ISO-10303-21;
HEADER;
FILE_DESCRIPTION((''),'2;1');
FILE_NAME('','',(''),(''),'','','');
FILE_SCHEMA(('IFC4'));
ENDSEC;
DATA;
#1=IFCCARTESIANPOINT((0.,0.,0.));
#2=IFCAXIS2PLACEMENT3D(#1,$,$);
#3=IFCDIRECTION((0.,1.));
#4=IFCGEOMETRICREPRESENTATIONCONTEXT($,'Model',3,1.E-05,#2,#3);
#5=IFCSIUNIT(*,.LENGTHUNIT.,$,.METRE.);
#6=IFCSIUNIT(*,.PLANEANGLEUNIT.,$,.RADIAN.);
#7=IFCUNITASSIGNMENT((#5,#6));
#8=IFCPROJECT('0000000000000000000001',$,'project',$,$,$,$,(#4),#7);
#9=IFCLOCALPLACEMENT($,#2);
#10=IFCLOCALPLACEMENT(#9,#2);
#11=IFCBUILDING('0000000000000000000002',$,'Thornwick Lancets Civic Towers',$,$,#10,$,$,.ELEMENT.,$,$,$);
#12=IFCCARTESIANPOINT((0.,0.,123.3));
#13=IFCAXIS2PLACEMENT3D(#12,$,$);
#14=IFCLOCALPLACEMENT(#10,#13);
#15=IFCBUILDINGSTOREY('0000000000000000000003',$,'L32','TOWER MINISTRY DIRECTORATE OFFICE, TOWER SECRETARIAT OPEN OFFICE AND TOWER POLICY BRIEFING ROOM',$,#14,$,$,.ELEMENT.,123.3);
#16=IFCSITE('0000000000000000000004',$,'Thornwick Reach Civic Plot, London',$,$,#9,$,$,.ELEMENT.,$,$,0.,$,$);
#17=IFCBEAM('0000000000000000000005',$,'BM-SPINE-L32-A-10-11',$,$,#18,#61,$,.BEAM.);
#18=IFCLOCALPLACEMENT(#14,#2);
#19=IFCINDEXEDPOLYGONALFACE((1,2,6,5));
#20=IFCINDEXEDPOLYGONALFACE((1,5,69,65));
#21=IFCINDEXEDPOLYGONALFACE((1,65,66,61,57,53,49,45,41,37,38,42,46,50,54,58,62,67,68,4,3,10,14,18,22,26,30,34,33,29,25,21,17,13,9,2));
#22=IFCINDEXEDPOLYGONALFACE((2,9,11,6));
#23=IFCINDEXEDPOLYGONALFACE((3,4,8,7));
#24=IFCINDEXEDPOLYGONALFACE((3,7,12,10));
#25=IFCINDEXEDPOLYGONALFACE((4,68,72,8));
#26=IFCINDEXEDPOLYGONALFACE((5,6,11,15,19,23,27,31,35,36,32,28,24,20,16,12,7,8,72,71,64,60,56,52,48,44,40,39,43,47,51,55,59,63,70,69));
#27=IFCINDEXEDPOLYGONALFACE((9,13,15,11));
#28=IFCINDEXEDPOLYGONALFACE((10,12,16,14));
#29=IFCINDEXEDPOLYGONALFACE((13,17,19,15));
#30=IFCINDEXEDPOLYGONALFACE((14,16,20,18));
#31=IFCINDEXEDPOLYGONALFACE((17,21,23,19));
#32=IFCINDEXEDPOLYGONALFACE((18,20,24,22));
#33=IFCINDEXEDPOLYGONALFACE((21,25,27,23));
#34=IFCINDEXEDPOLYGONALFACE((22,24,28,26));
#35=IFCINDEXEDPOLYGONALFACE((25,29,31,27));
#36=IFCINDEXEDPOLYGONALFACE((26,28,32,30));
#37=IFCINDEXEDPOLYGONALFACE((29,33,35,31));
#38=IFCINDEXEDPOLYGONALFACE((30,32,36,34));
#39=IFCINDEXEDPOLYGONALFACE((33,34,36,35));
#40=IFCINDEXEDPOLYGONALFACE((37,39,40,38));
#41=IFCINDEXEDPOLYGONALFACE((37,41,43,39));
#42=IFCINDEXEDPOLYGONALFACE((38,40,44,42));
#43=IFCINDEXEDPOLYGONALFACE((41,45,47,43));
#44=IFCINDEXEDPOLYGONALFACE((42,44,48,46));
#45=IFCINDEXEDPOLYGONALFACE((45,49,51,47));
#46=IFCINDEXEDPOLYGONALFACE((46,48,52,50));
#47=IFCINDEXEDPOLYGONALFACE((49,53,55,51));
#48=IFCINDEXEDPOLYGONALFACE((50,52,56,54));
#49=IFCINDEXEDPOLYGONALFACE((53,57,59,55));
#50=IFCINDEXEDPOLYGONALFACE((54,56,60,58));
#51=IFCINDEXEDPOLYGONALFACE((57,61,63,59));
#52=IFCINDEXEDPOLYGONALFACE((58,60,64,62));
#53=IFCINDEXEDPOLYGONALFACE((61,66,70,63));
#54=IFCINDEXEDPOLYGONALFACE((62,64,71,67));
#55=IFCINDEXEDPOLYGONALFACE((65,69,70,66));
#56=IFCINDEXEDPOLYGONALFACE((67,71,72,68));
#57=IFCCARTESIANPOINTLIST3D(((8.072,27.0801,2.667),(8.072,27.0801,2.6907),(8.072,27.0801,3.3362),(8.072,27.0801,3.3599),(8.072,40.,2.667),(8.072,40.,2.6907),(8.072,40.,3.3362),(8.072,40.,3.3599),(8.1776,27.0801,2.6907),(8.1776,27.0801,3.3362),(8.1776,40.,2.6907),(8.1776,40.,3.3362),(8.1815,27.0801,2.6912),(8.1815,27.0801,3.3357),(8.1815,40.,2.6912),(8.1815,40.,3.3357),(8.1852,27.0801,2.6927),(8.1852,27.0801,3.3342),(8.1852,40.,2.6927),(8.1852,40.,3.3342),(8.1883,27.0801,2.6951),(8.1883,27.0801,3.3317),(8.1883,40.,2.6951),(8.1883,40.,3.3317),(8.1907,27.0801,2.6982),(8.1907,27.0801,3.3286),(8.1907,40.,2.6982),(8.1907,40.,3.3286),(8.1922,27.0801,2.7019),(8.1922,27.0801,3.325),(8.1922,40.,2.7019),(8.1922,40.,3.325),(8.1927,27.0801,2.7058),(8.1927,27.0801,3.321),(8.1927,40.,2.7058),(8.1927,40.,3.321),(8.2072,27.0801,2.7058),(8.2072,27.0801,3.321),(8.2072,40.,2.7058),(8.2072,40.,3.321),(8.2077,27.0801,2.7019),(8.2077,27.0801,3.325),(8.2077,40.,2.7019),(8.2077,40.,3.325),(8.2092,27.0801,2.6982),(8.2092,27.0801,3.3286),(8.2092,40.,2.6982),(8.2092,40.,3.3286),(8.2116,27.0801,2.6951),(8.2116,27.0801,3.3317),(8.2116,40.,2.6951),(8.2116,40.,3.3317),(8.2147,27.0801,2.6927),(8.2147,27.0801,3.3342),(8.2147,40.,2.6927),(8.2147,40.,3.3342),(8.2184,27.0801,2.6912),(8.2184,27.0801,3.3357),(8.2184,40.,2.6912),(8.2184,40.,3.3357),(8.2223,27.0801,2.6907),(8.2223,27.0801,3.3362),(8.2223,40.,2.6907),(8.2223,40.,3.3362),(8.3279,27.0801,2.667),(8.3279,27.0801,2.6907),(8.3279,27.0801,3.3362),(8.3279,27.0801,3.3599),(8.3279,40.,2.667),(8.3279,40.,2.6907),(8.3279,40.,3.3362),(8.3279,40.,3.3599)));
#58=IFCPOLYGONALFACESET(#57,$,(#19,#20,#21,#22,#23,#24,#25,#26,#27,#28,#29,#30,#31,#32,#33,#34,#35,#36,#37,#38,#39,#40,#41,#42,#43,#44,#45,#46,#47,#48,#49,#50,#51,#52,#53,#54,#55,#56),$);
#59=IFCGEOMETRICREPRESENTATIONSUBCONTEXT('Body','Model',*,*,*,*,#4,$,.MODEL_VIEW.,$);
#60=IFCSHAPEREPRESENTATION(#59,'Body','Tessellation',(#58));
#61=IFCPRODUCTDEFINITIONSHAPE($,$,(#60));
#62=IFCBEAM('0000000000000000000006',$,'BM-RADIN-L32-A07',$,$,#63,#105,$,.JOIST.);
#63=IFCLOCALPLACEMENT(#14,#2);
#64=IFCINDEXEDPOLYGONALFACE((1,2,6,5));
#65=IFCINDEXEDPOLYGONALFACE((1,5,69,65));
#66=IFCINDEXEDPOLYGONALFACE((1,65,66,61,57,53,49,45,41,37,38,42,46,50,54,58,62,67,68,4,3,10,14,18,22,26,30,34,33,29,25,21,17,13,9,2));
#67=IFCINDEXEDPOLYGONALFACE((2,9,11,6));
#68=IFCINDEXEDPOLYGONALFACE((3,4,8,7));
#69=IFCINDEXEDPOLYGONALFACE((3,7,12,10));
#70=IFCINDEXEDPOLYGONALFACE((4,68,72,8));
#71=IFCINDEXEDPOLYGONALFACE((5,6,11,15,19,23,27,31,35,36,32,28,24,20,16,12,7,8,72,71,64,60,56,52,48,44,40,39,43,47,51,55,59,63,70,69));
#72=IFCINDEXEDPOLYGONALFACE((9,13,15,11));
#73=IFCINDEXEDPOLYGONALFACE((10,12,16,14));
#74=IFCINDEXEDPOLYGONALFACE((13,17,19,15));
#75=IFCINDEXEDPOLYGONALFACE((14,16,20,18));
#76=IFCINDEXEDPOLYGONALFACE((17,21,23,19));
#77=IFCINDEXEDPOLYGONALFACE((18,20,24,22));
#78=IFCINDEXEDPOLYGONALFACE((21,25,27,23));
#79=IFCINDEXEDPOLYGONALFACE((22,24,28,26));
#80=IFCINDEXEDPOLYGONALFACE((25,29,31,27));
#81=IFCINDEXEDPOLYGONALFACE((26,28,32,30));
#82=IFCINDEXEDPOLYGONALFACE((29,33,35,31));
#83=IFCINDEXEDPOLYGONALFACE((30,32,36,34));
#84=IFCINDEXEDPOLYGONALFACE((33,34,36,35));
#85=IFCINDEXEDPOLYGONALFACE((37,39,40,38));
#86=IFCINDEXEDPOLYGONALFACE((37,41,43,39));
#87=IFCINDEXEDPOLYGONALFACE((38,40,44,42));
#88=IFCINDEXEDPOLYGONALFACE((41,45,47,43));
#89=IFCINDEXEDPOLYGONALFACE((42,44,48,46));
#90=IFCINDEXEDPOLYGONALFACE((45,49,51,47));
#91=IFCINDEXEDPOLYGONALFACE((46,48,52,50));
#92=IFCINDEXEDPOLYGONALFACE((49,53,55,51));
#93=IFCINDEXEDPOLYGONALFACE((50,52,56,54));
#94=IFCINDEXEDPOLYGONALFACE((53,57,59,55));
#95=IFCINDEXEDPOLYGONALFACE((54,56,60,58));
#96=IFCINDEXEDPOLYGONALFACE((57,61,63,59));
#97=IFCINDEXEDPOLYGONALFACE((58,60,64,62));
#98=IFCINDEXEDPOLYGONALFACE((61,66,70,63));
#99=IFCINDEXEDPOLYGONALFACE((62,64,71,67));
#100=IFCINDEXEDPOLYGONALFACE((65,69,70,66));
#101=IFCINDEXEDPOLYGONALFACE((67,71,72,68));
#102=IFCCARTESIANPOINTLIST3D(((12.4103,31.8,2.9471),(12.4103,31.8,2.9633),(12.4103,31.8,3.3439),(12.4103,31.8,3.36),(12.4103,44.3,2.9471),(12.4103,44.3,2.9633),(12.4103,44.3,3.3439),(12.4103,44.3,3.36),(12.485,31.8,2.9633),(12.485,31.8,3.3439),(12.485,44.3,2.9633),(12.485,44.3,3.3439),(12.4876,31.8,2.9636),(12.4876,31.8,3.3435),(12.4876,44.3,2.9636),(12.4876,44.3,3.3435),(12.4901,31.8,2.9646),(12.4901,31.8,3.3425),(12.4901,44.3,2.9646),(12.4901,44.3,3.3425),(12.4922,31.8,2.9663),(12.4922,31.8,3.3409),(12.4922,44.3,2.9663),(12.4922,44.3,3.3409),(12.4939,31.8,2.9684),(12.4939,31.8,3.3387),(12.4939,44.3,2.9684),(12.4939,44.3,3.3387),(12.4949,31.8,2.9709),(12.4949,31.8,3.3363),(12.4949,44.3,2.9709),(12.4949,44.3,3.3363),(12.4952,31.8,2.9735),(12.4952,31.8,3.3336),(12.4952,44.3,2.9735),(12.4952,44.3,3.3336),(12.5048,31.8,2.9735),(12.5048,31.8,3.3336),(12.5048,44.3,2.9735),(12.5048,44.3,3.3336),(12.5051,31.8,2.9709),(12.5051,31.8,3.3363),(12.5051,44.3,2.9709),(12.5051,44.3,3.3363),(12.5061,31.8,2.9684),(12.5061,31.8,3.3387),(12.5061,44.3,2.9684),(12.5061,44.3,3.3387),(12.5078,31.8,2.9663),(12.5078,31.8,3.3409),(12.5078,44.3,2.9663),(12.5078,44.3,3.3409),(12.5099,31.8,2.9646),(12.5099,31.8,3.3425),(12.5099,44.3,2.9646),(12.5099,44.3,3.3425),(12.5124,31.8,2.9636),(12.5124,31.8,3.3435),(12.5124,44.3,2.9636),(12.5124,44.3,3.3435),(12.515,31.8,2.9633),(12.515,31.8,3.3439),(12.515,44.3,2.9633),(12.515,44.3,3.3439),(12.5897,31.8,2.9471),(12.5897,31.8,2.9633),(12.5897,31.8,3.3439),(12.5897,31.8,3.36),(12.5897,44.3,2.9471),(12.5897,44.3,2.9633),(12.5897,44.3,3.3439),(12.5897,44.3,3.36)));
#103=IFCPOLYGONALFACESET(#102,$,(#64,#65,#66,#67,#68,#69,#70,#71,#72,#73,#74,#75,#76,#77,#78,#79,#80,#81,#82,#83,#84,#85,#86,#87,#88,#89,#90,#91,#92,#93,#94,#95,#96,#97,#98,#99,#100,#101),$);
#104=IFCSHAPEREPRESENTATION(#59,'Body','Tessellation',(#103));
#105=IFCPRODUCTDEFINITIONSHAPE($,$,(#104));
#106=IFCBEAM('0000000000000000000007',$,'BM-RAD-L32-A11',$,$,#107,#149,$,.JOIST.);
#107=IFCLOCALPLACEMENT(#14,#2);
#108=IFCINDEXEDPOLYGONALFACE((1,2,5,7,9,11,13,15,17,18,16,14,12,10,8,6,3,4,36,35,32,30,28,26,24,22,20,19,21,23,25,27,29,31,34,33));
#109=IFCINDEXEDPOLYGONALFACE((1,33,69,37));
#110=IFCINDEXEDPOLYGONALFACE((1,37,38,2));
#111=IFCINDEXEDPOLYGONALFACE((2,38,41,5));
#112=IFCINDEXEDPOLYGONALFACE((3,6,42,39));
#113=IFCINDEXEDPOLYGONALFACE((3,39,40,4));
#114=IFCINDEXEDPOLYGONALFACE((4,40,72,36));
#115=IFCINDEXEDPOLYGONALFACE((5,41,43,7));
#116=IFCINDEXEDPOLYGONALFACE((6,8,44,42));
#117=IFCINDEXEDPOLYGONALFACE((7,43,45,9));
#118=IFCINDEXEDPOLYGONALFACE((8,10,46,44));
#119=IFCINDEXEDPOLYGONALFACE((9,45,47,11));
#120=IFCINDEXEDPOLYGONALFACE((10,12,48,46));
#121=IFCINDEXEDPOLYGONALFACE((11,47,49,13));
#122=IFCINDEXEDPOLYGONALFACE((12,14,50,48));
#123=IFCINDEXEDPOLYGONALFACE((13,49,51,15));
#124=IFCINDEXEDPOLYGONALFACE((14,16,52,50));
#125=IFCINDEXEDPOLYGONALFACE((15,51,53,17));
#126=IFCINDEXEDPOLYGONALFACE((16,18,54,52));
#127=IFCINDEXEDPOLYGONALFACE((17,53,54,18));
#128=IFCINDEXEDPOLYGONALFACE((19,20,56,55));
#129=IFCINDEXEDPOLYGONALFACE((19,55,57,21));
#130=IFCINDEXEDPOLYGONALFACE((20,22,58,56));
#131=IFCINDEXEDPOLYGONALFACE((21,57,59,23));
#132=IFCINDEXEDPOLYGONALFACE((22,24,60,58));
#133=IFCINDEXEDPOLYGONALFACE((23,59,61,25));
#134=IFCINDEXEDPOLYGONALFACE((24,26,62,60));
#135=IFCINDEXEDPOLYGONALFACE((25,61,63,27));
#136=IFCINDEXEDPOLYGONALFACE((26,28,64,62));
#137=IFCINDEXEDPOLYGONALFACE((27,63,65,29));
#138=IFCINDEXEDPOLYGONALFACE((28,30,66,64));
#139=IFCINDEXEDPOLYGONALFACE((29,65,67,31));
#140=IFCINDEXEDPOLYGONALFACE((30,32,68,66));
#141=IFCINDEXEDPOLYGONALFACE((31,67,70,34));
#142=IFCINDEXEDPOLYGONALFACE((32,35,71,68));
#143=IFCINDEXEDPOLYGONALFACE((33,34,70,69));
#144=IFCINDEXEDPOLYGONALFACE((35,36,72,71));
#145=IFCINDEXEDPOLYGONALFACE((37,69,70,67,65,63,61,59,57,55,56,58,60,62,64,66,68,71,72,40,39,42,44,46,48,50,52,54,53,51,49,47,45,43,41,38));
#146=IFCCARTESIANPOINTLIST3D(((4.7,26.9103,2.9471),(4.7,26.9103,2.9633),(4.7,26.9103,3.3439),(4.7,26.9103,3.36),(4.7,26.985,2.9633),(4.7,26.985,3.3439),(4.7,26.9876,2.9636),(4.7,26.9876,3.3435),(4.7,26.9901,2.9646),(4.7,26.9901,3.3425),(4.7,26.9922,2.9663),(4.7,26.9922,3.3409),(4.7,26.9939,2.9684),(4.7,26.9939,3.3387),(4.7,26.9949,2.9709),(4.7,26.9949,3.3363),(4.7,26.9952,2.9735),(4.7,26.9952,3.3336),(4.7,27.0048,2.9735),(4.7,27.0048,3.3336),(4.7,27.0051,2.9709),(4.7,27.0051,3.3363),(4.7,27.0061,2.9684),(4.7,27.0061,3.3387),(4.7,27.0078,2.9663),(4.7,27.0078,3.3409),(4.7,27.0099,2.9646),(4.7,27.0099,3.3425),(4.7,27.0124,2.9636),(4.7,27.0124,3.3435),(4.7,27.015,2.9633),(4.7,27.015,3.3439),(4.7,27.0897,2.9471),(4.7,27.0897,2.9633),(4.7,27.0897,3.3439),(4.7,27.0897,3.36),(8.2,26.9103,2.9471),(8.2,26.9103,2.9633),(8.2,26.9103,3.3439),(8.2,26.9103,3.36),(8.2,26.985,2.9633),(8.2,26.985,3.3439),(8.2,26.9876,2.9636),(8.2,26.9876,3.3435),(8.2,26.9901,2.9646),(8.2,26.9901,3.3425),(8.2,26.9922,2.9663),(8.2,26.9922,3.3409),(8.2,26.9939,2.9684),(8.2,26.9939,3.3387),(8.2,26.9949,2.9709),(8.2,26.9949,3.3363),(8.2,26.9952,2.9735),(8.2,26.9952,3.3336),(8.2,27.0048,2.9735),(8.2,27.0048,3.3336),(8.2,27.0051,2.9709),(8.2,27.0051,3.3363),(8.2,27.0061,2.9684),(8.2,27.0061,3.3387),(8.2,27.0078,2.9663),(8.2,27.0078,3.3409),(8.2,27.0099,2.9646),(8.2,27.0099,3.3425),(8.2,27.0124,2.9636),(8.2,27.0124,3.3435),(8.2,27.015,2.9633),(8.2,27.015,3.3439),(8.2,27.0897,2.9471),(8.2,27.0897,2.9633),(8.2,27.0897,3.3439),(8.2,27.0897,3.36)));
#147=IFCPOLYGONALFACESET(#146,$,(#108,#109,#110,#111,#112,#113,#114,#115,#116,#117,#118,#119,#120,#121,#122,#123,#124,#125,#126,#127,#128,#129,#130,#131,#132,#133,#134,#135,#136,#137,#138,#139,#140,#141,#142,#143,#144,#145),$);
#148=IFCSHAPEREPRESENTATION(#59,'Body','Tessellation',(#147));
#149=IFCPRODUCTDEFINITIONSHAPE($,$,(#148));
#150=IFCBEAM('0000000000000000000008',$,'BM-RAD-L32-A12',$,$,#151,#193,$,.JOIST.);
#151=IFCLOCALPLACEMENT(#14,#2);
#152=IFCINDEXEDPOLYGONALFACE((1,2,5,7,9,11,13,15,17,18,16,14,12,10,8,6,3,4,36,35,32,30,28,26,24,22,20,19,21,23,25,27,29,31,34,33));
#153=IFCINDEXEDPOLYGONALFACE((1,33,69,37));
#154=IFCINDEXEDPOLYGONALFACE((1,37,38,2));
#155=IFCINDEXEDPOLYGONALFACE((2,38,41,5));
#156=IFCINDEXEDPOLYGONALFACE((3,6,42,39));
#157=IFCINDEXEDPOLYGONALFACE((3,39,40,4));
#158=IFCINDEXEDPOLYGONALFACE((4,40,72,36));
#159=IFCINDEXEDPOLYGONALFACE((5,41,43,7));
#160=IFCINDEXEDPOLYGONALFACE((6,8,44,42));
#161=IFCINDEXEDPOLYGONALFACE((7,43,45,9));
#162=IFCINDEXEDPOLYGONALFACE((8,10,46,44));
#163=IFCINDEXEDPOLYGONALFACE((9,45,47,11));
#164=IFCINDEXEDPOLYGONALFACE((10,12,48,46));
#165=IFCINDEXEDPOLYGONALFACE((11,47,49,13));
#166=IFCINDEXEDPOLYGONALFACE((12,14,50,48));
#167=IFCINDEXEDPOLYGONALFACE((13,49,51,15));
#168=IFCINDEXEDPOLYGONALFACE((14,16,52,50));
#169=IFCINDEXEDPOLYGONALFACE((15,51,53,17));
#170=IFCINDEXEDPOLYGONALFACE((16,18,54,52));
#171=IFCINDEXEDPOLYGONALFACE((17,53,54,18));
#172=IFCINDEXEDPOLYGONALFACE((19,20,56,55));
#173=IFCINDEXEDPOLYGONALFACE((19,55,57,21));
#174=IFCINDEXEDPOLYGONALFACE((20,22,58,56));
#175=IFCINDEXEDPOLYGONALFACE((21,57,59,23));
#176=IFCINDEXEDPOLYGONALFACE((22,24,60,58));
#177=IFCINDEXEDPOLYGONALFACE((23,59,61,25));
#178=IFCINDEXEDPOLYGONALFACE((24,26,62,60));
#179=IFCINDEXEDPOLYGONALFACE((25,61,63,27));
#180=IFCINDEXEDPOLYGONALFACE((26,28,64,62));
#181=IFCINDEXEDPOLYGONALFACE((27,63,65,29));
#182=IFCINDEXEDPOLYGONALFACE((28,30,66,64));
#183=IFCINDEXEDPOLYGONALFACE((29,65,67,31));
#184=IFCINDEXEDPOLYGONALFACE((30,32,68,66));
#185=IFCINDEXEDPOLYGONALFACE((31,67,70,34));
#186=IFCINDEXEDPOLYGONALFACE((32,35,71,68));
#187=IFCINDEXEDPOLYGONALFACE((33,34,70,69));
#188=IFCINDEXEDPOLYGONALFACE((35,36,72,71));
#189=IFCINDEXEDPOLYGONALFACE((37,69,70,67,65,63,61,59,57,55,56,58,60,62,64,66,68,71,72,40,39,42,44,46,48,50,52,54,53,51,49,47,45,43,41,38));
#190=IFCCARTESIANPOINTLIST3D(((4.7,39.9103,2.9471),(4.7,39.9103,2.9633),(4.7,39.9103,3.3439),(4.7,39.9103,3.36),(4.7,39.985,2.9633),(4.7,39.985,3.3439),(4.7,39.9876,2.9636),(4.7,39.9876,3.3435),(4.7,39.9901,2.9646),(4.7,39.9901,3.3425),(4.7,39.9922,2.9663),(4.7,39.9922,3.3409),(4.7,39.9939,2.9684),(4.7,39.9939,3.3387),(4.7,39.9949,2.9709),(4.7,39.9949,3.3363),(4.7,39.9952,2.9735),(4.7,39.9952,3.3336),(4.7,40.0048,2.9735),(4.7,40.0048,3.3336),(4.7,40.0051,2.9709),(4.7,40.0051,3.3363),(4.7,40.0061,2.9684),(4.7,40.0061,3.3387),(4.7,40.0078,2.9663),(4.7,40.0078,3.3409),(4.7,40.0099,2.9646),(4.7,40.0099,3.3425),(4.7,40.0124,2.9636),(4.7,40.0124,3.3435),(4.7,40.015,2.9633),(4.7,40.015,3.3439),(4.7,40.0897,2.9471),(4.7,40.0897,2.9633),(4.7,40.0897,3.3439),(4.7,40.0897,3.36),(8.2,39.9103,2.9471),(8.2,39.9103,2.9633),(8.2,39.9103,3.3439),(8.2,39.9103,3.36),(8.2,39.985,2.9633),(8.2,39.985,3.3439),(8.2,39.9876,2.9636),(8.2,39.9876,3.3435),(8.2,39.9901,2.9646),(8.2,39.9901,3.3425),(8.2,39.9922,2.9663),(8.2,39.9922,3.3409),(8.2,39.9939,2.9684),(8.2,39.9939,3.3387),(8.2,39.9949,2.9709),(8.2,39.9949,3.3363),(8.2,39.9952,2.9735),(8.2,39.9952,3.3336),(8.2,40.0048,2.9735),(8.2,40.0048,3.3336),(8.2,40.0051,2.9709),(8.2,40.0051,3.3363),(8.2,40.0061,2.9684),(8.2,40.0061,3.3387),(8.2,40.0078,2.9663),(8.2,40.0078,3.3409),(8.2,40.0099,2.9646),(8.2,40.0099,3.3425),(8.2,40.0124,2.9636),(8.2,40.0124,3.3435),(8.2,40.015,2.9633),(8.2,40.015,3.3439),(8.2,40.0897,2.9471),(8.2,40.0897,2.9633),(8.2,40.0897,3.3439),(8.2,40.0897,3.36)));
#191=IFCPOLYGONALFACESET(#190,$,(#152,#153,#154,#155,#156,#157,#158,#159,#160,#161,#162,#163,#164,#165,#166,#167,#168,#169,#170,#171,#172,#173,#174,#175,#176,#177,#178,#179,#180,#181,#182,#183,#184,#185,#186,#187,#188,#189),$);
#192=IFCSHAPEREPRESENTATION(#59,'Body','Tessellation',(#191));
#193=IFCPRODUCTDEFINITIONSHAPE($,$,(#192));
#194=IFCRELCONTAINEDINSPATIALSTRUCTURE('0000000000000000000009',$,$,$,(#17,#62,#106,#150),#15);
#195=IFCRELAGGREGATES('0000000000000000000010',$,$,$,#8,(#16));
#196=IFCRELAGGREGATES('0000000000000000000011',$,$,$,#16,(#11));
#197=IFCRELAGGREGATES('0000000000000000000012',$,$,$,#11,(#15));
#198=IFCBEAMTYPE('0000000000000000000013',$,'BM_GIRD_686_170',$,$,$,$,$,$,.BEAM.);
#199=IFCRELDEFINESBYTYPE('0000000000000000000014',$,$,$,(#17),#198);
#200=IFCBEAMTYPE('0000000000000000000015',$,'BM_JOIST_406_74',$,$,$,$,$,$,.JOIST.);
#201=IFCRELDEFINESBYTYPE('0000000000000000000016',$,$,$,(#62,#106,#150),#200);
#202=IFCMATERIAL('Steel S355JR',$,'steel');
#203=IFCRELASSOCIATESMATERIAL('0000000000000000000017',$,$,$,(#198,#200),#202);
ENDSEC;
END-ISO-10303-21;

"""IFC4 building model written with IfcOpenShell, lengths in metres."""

from ifc_helpers import new_model, si_unit, direction, frame, origin, origin_2d, place, context, subcontext, project, spatial, i_section, extrude, material, material_profile, profile_set, type_object, element, save


model = new_model("IFC4")

# Units and contexts
model_context = context("Model", 3, precision=1e-05, world=origin(), true_north=direction((0.0, 1.0)))
body_context = subcontext(model_context, "Body", "Model", "MODEL_VIEW")
ifc_project = project(units=[si_unit("LENGTHUNIT", "METRE"), si_unit("PLANEANGLEUNIT", "RADIAN")], contexts=[model_context])

# Site, building, storey
site_placement = place(None, origin())
site = spatial("IfcSite", under=ifc_project, at=site_placement, Name="Thornwick Reach Civic Plot, London", CompositionType="ELEMENT", RefElevation=0.0)
building_placement = place(site_placement, origin())
building = spatial("IfcBuilding", under=site, at=building_placement, Name="Thornwick Lancets Civic Towers", CompositionType="ELEMENT")
storey_placement = place(building_placement, frame((0.0, 0.0, 123.3)))
storey = spatial("IfcBuildingStorey", under=building, at=storey_placement, Name="L32", Description="TOWER MINISTRY DIRECTORATE OFFICE, TOWER SECRETARIAT OPEN OFFICE AND TOWER POLICY BRIEFING ROOM", CompositionType="ELEMENT", Elevation=123.3)

# Beams
ifc_material_1 = material(Name="Steel S355JR", Category="steel")
ifc_material_profile_1 = material_profile(ifc_material_1, i_section(OverallWidth=0.2559, OverallDepth=0.6929, WebThickness=0.0144, FlangeThickness=0.0237, FilletRadius=0.0151, at=origin_2d()), Name="UKB 686x254x170")
ifc_profile_set_1 = profile_set([ifc_material_profile_1], Name="Steel S355JR")
beam_type_1 = type_object("IfcBeamType", Name="BM_GIRD_686_170", PredefinedType="BEAM", material=ifc_profile_set_1)
beam_1_placement = place(storey_placement, frame((8.2, 27.0801, 3.0134), z_axis=(0.0, 1.0, 0.0), x_axis=(-1.0, 0.0, 0.0)))
element("IfcBeam", 1, at=beam_1_placement, inside=storey, type_object=beam_type_1, Name="BM-SPINE-L32-A-10-11", PredefinedType="BEAM", context=body_context, shape_type="SweptSolid", body=[
    extrude(i_section(OverallWidth=0.2559, OverallDepth=0.6929, WebThickness=0.0144, FlangeThickness=0.0237, FilletRadius=0.0151, at=origin_2d()), origin(), (0.0, 0.0, 1.0), 12.9199),
])
ifc_material_profile_2 = material_profile(ifc_material_1, i_section(OverallWidth=0.1794, OverallDepth=0.4128, WebThickness=0.0095, FlangeThickness=0.0161, FilletRadius=0.0103, at=origin_2d()), Name="UKB 406x178x74")
ifc_profile_set_2 = profile_set([ifc_material_profile_2], Name="Steel S355JR")
beam_type_2 = type_object("IfcBeamType", Name="BM_JOIST_406_74", PredefinedType="JOIST", material=ifc_profile_set_2)
beam_2_placement = place(storey_placement, frame((12.5, 31.8, 3.1536), z_axis=(0.0, 1.0, 0.0), x_axis=(-1.0, 0.0, 0.0)))
element("IfcBeam", 2, at=beam_2_placement, inside=storey, type_object=beam_type_2, Name="BM-RADIN-L32-A07", PredefinedType="JOIST", context=body_context, shape_type="SweptSolid", body=[
    extrude(i_section(OverallWidth=0.1794, OverallDepth=0.4128, WebThickness=0.0095, FlangeThickness=0.0161, FilletRadius=0.0103, at=origin_2d()), origin(), (0.0, 0.0, 1.0), 12.5),
])
for number, where, z_axis, x_axis, name in (
    (3, (8.2, 27.0, 3.1536), (-1.0, 0.0, 0.0), (0.0, -1.0, 0.0), "BM-RAD-L32-A11"),
    (4, (8.2, 40.0, 3.1536), (-1.0, 0.0, 0.0), (0.0, -1.0, 0.0), "BM-RAD-L32-A12"),
):
    element("IfcBeam", number, at=place(storey_placement, frame(where, z_axis=z_axis, x_axis=x_axis)), inside=storey, type_object=beam_type_2, Name=name, PredefinedType="JOIST", context=body_context, shape_type="SweptSolid", body=[
        extrude(i_section(OverallWidth=0.1794, OverallDepth=0.4128, WebThickness=0.0095, FlangeThickness=0.0161, FilletRadius=0.0103, at=origin_2d()), origin(), (0.0, 0.0, 1.0), 3.5),
    ])

save(model, "model.ifc")
